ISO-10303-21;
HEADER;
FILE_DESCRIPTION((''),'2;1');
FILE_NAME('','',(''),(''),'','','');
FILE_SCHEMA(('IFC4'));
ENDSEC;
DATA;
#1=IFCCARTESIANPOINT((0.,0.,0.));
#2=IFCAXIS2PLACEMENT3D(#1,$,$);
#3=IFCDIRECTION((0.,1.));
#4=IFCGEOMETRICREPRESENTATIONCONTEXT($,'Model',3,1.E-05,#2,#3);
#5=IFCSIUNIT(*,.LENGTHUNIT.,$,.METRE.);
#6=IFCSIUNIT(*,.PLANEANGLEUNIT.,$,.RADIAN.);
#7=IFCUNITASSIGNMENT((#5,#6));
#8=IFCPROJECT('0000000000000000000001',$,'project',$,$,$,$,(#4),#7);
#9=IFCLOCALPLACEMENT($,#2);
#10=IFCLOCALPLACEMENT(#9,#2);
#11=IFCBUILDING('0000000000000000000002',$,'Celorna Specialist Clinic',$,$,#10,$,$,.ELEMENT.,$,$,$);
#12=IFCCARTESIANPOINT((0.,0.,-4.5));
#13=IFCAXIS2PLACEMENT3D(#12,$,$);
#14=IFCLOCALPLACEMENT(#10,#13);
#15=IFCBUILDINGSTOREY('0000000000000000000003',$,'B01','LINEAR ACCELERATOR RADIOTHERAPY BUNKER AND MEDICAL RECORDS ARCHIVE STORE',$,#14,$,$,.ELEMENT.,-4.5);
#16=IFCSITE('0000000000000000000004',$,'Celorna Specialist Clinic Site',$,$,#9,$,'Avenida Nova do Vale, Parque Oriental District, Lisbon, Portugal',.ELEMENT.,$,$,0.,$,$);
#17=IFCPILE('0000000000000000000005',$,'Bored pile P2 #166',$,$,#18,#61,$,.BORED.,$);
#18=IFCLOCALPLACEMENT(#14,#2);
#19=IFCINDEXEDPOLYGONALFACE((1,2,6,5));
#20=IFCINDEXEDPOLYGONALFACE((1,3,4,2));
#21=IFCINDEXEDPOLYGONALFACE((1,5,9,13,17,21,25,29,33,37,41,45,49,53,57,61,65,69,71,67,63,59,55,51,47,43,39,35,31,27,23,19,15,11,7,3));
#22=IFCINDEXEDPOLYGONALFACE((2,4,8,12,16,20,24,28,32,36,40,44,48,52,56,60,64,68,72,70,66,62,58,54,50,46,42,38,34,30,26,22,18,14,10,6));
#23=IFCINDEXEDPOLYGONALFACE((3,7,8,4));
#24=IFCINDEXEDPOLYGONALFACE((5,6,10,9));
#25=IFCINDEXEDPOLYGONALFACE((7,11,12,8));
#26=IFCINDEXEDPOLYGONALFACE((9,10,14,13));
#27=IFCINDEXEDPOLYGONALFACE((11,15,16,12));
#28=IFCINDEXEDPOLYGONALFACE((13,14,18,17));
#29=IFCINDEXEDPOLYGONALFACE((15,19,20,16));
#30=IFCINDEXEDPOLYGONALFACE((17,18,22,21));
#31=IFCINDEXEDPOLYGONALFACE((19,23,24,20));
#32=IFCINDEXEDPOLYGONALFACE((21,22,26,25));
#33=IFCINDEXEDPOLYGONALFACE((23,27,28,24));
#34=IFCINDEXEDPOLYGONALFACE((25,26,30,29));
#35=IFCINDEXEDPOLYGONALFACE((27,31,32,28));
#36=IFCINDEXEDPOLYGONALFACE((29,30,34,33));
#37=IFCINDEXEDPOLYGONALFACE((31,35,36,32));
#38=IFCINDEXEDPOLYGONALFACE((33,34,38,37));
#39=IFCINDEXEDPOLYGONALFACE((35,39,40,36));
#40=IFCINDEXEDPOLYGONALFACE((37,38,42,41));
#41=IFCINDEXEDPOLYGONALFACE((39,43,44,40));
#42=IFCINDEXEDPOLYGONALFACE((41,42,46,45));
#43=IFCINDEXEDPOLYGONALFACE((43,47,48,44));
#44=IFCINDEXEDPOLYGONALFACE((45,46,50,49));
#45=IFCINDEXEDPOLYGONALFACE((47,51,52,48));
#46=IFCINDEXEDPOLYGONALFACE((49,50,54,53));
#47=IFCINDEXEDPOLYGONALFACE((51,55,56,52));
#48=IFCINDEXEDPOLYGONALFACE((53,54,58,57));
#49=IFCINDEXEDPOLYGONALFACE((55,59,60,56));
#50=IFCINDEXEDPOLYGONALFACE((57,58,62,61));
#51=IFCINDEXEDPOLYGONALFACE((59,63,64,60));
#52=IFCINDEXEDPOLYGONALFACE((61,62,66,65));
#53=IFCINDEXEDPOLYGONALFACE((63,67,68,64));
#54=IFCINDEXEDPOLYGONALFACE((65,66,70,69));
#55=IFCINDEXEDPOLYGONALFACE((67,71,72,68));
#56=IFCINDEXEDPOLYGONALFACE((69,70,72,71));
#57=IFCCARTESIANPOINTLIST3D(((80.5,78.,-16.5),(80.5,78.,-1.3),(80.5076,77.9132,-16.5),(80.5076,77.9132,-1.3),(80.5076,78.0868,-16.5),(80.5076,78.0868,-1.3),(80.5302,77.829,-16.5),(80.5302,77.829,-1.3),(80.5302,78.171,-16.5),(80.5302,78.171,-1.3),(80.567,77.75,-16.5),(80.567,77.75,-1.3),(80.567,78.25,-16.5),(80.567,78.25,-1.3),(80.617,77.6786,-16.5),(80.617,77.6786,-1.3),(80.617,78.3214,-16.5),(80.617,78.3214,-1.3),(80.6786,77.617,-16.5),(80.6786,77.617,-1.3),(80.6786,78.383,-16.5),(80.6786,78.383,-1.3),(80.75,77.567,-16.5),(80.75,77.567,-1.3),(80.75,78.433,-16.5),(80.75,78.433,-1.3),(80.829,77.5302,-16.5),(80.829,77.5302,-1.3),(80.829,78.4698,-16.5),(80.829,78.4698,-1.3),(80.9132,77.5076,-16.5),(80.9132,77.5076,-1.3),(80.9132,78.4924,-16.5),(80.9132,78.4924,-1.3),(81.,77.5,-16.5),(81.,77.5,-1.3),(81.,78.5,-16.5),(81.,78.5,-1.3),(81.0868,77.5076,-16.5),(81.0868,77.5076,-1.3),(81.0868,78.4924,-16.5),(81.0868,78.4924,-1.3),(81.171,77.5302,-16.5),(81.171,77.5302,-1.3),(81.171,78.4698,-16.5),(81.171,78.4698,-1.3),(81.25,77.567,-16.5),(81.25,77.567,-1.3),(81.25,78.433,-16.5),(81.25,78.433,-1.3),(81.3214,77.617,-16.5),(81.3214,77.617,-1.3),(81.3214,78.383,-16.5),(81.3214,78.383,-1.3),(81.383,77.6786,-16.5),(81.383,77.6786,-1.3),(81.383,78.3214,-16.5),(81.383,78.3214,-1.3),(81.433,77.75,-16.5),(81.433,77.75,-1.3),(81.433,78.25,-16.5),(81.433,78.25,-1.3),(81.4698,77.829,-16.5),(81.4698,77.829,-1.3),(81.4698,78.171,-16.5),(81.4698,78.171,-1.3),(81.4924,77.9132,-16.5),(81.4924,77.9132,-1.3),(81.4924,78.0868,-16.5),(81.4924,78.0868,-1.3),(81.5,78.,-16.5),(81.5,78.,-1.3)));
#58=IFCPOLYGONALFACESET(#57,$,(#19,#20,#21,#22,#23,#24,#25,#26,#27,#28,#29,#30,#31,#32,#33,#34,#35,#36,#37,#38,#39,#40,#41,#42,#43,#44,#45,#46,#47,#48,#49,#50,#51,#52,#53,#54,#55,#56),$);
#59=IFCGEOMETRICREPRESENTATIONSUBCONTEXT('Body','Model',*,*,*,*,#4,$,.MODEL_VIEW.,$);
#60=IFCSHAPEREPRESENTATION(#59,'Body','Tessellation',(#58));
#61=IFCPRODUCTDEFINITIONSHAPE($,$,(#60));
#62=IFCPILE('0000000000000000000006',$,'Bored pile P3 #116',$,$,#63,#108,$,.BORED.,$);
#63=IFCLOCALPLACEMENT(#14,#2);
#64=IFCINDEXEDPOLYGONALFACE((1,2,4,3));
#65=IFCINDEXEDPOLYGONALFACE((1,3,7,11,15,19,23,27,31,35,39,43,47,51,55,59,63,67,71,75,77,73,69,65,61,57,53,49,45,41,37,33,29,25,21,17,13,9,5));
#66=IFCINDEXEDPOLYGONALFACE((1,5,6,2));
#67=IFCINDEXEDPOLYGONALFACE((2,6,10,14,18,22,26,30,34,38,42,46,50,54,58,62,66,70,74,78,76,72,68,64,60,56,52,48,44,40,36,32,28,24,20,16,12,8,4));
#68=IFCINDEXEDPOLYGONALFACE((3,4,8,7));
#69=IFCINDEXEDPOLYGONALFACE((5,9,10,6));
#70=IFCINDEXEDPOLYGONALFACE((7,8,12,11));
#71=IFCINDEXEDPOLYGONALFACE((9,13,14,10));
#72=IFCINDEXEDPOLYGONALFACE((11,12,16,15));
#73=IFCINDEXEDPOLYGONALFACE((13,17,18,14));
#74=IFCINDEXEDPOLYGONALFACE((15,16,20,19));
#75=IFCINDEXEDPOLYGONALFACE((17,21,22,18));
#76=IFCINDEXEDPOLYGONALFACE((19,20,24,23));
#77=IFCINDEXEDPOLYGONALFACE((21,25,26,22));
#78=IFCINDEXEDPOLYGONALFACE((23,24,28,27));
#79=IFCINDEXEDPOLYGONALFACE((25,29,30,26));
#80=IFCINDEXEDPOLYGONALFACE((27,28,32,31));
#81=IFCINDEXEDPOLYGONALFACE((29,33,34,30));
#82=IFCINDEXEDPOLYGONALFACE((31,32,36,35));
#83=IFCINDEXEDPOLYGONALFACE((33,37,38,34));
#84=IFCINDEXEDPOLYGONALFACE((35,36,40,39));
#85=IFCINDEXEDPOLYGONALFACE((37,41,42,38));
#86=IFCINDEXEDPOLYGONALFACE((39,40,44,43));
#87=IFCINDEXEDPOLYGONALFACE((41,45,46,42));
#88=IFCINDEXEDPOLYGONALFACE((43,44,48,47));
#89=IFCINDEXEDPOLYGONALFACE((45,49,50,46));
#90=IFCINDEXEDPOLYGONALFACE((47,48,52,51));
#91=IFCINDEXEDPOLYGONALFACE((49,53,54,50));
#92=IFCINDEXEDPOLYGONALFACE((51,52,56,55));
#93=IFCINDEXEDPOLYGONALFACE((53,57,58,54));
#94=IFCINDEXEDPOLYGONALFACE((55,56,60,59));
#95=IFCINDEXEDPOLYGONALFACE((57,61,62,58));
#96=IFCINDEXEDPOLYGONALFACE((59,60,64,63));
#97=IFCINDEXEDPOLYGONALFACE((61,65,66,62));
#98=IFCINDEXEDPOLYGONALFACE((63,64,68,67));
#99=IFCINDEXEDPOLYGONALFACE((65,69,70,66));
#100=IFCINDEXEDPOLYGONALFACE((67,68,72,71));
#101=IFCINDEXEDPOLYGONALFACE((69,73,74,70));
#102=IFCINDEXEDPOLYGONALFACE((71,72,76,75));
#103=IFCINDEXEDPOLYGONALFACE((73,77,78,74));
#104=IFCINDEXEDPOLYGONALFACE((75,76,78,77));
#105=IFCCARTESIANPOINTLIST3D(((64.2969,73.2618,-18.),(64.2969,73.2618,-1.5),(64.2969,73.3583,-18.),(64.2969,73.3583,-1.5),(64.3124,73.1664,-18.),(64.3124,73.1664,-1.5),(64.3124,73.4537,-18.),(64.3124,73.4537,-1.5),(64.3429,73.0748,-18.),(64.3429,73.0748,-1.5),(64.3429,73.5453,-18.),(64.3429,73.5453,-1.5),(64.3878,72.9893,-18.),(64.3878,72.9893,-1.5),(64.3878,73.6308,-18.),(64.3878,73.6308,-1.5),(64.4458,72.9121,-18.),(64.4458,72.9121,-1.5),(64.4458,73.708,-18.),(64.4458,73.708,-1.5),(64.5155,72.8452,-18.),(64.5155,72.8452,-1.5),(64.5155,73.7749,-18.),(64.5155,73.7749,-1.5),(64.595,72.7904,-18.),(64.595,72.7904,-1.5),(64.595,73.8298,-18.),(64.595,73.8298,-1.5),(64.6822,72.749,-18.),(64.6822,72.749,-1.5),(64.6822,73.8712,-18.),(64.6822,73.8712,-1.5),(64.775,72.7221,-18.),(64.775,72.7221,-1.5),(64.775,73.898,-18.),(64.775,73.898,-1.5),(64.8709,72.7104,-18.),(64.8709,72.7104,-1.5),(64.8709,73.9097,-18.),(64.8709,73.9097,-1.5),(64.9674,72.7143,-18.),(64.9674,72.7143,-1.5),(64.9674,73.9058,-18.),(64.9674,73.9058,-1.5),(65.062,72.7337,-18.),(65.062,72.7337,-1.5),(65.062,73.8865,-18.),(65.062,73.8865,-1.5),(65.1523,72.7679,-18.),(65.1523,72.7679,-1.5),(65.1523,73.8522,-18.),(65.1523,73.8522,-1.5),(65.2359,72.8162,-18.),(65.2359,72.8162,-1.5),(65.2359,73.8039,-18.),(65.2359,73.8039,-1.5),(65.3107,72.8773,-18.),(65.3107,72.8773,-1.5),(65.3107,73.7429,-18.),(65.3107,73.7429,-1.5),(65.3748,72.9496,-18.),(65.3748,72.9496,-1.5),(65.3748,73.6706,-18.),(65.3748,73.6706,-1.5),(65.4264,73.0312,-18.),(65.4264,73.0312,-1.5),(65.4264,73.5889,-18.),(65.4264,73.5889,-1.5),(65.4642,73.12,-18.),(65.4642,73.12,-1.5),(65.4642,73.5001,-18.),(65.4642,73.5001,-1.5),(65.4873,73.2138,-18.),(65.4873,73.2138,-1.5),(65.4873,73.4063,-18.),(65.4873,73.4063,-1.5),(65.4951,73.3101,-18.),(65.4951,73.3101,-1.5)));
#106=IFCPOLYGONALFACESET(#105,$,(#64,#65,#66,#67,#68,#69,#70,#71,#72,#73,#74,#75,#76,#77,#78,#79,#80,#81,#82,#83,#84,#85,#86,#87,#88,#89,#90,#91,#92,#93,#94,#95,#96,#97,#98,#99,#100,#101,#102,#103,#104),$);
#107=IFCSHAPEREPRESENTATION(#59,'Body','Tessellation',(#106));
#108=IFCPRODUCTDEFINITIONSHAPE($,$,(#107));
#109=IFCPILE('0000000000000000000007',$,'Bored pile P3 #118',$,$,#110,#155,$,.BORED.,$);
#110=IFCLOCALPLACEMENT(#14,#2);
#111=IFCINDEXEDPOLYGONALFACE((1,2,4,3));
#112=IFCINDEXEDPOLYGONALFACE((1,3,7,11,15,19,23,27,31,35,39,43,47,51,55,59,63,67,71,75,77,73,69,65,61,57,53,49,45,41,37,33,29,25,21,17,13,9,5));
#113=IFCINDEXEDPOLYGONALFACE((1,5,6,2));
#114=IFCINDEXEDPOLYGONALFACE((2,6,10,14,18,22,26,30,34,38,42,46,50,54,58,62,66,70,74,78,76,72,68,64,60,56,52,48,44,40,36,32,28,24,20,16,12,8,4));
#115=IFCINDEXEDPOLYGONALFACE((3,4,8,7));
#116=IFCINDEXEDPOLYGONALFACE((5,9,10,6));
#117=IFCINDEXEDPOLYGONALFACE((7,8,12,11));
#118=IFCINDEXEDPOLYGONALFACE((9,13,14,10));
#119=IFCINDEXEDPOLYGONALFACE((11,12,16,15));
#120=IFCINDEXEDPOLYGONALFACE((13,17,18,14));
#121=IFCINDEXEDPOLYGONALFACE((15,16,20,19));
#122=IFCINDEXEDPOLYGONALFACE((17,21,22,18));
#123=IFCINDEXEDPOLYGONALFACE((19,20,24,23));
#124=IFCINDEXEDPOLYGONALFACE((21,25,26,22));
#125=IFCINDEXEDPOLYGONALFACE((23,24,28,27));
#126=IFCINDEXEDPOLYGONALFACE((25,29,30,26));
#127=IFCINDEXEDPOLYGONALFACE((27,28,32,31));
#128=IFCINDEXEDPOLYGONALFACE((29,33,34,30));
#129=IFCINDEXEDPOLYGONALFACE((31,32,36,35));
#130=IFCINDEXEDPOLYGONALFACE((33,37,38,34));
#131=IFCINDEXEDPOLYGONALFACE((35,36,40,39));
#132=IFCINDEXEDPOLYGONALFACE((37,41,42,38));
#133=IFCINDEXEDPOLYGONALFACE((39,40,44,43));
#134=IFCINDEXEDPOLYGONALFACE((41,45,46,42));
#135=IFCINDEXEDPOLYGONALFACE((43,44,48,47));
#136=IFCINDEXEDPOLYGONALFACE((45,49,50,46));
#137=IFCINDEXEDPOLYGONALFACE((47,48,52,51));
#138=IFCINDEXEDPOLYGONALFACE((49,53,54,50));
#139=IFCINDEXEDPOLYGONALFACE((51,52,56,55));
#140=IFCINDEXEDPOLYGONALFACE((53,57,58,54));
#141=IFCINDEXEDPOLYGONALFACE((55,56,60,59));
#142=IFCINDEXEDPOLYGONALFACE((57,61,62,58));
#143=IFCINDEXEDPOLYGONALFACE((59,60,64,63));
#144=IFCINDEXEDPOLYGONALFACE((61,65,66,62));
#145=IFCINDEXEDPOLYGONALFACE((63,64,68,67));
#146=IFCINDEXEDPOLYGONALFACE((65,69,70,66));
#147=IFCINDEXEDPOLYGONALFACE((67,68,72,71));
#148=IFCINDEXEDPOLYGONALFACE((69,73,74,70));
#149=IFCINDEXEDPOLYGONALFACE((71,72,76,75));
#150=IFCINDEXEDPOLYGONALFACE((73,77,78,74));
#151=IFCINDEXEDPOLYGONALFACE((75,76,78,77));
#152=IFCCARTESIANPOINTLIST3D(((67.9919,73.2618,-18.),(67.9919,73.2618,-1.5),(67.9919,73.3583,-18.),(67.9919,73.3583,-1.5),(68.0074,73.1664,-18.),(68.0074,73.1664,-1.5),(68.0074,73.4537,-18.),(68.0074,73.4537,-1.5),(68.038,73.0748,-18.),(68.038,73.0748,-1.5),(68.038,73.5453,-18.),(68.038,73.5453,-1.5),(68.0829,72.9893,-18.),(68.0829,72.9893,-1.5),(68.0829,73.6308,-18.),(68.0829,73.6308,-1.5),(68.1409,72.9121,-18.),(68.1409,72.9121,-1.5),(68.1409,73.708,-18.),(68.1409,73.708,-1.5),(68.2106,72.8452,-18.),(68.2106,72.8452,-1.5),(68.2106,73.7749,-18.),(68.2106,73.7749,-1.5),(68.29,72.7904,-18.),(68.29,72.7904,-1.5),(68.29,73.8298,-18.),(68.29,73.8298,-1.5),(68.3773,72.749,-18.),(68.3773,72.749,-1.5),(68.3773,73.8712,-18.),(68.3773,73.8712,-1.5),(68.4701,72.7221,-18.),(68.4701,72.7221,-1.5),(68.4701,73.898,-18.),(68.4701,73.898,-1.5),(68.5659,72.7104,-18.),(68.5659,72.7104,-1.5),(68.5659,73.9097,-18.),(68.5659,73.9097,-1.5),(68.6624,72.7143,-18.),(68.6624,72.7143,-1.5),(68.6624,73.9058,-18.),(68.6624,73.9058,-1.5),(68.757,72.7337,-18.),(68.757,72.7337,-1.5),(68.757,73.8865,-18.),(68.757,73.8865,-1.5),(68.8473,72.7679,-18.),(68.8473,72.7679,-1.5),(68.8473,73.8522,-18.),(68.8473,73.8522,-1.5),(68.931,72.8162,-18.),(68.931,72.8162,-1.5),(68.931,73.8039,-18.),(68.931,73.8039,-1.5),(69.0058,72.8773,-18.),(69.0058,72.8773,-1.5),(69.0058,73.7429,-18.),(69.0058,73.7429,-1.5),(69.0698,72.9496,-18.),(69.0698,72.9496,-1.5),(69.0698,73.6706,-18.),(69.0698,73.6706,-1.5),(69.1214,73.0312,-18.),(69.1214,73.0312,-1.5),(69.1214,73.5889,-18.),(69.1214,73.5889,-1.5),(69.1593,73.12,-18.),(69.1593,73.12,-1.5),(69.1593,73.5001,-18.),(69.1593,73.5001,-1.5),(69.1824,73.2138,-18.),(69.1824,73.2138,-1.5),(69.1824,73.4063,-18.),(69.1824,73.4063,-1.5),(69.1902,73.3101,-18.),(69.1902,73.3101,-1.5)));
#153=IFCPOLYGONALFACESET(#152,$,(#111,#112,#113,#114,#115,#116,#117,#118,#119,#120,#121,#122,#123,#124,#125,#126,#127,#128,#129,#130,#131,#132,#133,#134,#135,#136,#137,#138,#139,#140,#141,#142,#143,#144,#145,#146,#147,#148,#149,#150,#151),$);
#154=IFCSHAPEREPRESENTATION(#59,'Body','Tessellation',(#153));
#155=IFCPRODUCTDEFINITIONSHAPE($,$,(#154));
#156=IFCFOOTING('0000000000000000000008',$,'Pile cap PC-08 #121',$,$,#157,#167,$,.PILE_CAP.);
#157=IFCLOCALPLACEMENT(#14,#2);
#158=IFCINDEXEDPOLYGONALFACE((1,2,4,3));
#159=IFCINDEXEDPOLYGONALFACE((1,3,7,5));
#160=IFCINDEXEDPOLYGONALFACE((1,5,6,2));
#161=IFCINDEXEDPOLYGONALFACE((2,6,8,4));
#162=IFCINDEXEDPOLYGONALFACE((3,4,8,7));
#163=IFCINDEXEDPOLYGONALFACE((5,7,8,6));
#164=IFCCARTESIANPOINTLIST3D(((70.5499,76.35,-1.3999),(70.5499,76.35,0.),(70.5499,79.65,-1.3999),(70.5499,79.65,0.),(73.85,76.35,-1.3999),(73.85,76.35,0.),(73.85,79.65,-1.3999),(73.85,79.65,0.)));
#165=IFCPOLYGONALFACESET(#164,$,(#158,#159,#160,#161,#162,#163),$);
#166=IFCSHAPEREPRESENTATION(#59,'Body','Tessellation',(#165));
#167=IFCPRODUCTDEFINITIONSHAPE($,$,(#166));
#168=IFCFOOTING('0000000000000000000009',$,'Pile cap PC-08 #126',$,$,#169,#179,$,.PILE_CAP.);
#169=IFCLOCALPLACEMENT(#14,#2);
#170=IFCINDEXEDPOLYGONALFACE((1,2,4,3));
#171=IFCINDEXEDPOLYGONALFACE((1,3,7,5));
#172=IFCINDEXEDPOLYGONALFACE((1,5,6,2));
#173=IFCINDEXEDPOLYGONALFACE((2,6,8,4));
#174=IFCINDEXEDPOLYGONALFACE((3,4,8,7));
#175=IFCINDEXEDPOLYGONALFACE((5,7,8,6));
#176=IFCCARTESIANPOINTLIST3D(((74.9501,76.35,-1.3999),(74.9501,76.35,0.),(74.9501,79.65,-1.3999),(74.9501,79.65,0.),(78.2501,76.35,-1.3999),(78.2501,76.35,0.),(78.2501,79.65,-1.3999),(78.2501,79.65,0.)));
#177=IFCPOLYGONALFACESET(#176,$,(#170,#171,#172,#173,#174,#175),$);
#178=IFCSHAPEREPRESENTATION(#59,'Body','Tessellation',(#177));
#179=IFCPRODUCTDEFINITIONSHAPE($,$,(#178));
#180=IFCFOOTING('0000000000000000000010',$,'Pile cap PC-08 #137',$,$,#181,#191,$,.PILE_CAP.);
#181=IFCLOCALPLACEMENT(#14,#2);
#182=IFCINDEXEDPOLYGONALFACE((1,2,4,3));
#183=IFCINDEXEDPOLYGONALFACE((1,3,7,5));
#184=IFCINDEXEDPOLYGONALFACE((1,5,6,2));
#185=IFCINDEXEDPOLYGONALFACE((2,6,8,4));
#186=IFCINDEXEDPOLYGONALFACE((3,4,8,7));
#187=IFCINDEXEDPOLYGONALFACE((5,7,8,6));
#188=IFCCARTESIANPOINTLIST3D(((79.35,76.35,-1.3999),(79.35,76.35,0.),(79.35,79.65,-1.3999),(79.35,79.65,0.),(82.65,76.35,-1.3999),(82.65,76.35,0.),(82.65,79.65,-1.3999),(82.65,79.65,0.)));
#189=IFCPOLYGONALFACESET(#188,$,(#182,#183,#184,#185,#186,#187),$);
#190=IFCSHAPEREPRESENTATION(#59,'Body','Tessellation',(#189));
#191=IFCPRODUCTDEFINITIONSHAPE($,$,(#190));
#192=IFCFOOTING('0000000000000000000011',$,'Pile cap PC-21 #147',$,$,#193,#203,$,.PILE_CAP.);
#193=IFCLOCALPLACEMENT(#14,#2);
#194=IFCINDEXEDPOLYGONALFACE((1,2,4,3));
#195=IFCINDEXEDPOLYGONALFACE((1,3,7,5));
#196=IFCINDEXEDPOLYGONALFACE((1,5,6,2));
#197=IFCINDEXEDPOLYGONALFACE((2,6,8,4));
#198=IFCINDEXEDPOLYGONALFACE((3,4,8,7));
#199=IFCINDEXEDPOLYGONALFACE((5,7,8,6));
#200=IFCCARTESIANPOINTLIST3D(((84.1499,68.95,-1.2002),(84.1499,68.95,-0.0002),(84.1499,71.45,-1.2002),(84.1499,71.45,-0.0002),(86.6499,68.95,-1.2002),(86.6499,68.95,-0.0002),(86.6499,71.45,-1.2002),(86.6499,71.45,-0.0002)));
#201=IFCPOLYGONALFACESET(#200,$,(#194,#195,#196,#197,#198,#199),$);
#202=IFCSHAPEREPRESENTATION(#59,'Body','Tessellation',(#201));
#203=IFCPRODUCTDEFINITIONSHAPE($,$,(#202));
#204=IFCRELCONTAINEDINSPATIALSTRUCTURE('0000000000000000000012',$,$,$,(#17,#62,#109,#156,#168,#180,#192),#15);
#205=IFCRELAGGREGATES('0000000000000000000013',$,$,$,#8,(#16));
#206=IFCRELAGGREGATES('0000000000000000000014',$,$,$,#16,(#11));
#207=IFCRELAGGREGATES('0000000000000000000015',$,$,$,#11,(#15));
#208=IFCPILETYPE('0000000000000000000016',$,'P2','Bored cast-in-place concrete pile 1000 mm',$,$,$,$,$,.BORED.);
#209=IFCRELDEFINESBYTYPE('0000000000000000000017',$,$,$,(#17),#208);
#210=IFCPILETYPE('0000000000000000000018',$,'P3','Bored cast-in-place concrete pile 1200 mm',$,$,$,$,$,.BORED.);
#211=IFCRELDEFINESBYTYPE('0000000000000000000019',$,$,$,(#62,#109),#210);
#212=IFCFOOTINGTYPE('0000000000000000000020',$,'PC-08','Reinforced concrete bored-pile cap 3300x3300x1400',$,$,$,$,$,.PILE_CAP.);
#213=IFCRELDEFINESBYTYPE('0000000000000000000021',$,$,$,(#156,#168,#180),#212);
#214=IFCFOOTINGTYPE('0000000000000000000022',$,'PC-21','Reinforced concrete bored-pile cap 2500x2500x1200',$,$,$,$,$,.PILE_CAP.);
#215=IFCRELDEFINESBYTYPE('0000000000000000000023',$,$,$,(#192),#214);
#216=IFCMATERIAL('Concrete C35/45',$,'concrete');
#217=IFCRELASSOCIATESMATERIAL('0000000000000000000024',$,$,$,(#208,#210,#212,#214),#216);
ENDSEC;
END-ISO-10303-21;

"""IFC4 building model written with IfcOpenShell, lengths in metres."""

from ifc_helpers import new_model, si_unit, direction, frame, origin, origin_2d, place, context, subcontext, project, spatial, rectangle, circle, extrude, material, material_profile, profile_set, type_object, element, save


model = new_model("IFC4")

# Units and contexts
model_context = context("Model", 3, precision=1e-05, world=origin(), true_north=direction((0.0, 1.0)))
body_context = subcontext(model_context, "Body", "Model", "MODEL_VIEW")
ifc_project = project(units=[si_unit("LENGTHUNIT", "METRE"), si_unit("PLANEANGLEUNIT", "RADIAN")], contexts=[model_context])

# Site, building, storey
site_placement = place(None, origin())
site = spatial("IfcSite", under=ifc_project, at=site_placement, Name="Celorna Specialist Clinic Site", LongName="Avenida Nova do Vale, Parque Oriental District, Lisbon, Portugal", CompositionType="ELEMENT", RefElevation=0.0)
building_placement = place(site_placement, origin())
building = spatial("IfcBuilding", under=site, at=building_placement, Name="Celorna Specialist Clinic", CompositionType="ELEMENT")
storey_placement = place(building_placement, frame((0.0, 0.0, -4.5)))
storey = spatial("IfcBuildingStorey", under=building, at=storey_placement, Name="B01", Description="LINEAR ACCELERATOR RADIOTHERAPY BUNKER AND MEDICAL RECORDS ARCHIVE STORE", CompositionType="ELEMENT", Elevation=-4.5)

# Shared definitions
ifc_material_1 = material(Name="Concrete C35/45", Category="concrete")

# Piles
ifc_material_profile_1 = material_profile(ifc_material_1, circle(Radius=0.5, at=origin_2d()), Name="BORED PILE 1000")
ifc_profile_set_1 = profile_set([ifc_material_profile_1], Name="Concrete C35/45")
pile_type_1 = type_object("IfcPileType", Name="P2", Description="Bored cast-in-place concrete pile 1000 mm", PredefinedType="BORED", material=ifc_profile_set_1)
for number, where, z_axis, x_axis, name in (
    (1, (81.0, 78.0, -1.3), (0.0, 0.0, -1.0), (1.0, 0.0, 0.0), "Bored pile P2 #166"),
):
    element("IfcPile", number, at=place(storey_placement, frame(where, z_axis=z_axis, x_axis=x_axis)), inside=storey, type_object=pile_type_1, Name=name, PredefinedType="BORED", context=body_context, shape_type="SweptSolid", body=[
        extrude(circle(Radius=0.5, at=origin_2d()), origin(), (0.0, 0.0, 1.0), 15.2),
    ])
ifc_material_profile_2 = material_profile(ifc_material_1, circle(Radius=0.6001, at=origin_2d()), Name="BORED PILE 1200")
ifc_profile_set_2 = profile_set([ifc_material_profile_2], Name="Concrete C35/45")
pile_type_2 = type_object("IfcPileType", Name="P3", Description="Bored cast-in-place concrete pile 1200 mm", PredefinedType="BORED", material=ifc_profile_set_2)
for number, where, z_axis, x_axis, name in (
    (2, (64.895, 73.3101, -1.5), (0.0, 0.0, -1.0), (1.0, 0.0, 0.0), "Bored pile P3 #116"),
    (3, (68.5901, 73.3101, -1.5), (0.0, 0.0, -1.0), (1.0, 0.0, 0.0), "Bored pile P3 #118"),
):
    element("IfcPile", number, at=place(storey_placement, frame(where, z_axis=z_axis, x_axis=x_axis)), inside=storey, type_object=pile_type_2, Name=name, PredefinedType="BORED", context=body_context, shape_type="SweptSolid", body=[
        extrude(circle(Radius=0.6001, at=origin_2d()), origin(), (0.0, 0.0, 1.0), 16.5),
    ])

# Footings
footing_type_1 = type_object("IfcFootingType", Name="PC-08", Description="Reinforced concrete bored-pile cap 3300x3300x1400", PredefinedType="PILE_CAP", material=ifc_material_1)
for number, where, z_axis, x_axis, name in (
    (4, (72.2, 78.0, -1.3999), (0.0, 0.0, 1.0), (1.0, 0.0, 0.0), "Pile cap PC-08 #121"),
    (5, (76.6001, 78.0, -1.3999), (0.0, 0.0, 1.0), (1.0, 0.0, 0.0), "Pile cap PC-08 #126"),
    (6, (81.0, 78.0, -1.3999), (0.0, 0.0, 1.0), (1.0, 0.0, 0.0), "Pile cap PC-08 #137"),
):
    element("IfcFooting", number, at=place(storey_placement, frame(where, z_axis=z_axis, x_axis=x_axis)), inside=storey, type_object=footing_type_1, Name=name, PredefinedType="PILE_CAP", context=body_context, shape_type="SweptSolid", body=[
        extrude(rectangle(XDim=3.3, YDim=3.3, at=origin_2d()), origin(), (0.0, 0.0, 1.0), 1.3999),
    ])
footing_type_2 = type_object("IfcFootingType", Name="PC-21", Description="Reinforced concrete bored-pile cap 2500x2500x1200", PredefinedType="PILE_CAP", material=ifc_material_1)
footing_1_placement = place(storey_placement, frame((85.3999, 70.2, -1.2002), z_axis=(0.0, 0.0, 1.0), x_axis=(1.0, 0.0, 0.0)))
element("IfcFooting", 7, at=footing_1_placement, inside=storey, type_object=footing_type_2, Name="Pile cap PC-21 #147", PredefinedType="PILE_CAP", context=body_context, shape_type="SweptSolid", body=[
    extrude(rectangle(XDim=2.5, YDim=2.5, at=origin_2d()), origin(), (0.0, 0.0, 1.0), 1.2),
])

save(model, "model.ifc")
